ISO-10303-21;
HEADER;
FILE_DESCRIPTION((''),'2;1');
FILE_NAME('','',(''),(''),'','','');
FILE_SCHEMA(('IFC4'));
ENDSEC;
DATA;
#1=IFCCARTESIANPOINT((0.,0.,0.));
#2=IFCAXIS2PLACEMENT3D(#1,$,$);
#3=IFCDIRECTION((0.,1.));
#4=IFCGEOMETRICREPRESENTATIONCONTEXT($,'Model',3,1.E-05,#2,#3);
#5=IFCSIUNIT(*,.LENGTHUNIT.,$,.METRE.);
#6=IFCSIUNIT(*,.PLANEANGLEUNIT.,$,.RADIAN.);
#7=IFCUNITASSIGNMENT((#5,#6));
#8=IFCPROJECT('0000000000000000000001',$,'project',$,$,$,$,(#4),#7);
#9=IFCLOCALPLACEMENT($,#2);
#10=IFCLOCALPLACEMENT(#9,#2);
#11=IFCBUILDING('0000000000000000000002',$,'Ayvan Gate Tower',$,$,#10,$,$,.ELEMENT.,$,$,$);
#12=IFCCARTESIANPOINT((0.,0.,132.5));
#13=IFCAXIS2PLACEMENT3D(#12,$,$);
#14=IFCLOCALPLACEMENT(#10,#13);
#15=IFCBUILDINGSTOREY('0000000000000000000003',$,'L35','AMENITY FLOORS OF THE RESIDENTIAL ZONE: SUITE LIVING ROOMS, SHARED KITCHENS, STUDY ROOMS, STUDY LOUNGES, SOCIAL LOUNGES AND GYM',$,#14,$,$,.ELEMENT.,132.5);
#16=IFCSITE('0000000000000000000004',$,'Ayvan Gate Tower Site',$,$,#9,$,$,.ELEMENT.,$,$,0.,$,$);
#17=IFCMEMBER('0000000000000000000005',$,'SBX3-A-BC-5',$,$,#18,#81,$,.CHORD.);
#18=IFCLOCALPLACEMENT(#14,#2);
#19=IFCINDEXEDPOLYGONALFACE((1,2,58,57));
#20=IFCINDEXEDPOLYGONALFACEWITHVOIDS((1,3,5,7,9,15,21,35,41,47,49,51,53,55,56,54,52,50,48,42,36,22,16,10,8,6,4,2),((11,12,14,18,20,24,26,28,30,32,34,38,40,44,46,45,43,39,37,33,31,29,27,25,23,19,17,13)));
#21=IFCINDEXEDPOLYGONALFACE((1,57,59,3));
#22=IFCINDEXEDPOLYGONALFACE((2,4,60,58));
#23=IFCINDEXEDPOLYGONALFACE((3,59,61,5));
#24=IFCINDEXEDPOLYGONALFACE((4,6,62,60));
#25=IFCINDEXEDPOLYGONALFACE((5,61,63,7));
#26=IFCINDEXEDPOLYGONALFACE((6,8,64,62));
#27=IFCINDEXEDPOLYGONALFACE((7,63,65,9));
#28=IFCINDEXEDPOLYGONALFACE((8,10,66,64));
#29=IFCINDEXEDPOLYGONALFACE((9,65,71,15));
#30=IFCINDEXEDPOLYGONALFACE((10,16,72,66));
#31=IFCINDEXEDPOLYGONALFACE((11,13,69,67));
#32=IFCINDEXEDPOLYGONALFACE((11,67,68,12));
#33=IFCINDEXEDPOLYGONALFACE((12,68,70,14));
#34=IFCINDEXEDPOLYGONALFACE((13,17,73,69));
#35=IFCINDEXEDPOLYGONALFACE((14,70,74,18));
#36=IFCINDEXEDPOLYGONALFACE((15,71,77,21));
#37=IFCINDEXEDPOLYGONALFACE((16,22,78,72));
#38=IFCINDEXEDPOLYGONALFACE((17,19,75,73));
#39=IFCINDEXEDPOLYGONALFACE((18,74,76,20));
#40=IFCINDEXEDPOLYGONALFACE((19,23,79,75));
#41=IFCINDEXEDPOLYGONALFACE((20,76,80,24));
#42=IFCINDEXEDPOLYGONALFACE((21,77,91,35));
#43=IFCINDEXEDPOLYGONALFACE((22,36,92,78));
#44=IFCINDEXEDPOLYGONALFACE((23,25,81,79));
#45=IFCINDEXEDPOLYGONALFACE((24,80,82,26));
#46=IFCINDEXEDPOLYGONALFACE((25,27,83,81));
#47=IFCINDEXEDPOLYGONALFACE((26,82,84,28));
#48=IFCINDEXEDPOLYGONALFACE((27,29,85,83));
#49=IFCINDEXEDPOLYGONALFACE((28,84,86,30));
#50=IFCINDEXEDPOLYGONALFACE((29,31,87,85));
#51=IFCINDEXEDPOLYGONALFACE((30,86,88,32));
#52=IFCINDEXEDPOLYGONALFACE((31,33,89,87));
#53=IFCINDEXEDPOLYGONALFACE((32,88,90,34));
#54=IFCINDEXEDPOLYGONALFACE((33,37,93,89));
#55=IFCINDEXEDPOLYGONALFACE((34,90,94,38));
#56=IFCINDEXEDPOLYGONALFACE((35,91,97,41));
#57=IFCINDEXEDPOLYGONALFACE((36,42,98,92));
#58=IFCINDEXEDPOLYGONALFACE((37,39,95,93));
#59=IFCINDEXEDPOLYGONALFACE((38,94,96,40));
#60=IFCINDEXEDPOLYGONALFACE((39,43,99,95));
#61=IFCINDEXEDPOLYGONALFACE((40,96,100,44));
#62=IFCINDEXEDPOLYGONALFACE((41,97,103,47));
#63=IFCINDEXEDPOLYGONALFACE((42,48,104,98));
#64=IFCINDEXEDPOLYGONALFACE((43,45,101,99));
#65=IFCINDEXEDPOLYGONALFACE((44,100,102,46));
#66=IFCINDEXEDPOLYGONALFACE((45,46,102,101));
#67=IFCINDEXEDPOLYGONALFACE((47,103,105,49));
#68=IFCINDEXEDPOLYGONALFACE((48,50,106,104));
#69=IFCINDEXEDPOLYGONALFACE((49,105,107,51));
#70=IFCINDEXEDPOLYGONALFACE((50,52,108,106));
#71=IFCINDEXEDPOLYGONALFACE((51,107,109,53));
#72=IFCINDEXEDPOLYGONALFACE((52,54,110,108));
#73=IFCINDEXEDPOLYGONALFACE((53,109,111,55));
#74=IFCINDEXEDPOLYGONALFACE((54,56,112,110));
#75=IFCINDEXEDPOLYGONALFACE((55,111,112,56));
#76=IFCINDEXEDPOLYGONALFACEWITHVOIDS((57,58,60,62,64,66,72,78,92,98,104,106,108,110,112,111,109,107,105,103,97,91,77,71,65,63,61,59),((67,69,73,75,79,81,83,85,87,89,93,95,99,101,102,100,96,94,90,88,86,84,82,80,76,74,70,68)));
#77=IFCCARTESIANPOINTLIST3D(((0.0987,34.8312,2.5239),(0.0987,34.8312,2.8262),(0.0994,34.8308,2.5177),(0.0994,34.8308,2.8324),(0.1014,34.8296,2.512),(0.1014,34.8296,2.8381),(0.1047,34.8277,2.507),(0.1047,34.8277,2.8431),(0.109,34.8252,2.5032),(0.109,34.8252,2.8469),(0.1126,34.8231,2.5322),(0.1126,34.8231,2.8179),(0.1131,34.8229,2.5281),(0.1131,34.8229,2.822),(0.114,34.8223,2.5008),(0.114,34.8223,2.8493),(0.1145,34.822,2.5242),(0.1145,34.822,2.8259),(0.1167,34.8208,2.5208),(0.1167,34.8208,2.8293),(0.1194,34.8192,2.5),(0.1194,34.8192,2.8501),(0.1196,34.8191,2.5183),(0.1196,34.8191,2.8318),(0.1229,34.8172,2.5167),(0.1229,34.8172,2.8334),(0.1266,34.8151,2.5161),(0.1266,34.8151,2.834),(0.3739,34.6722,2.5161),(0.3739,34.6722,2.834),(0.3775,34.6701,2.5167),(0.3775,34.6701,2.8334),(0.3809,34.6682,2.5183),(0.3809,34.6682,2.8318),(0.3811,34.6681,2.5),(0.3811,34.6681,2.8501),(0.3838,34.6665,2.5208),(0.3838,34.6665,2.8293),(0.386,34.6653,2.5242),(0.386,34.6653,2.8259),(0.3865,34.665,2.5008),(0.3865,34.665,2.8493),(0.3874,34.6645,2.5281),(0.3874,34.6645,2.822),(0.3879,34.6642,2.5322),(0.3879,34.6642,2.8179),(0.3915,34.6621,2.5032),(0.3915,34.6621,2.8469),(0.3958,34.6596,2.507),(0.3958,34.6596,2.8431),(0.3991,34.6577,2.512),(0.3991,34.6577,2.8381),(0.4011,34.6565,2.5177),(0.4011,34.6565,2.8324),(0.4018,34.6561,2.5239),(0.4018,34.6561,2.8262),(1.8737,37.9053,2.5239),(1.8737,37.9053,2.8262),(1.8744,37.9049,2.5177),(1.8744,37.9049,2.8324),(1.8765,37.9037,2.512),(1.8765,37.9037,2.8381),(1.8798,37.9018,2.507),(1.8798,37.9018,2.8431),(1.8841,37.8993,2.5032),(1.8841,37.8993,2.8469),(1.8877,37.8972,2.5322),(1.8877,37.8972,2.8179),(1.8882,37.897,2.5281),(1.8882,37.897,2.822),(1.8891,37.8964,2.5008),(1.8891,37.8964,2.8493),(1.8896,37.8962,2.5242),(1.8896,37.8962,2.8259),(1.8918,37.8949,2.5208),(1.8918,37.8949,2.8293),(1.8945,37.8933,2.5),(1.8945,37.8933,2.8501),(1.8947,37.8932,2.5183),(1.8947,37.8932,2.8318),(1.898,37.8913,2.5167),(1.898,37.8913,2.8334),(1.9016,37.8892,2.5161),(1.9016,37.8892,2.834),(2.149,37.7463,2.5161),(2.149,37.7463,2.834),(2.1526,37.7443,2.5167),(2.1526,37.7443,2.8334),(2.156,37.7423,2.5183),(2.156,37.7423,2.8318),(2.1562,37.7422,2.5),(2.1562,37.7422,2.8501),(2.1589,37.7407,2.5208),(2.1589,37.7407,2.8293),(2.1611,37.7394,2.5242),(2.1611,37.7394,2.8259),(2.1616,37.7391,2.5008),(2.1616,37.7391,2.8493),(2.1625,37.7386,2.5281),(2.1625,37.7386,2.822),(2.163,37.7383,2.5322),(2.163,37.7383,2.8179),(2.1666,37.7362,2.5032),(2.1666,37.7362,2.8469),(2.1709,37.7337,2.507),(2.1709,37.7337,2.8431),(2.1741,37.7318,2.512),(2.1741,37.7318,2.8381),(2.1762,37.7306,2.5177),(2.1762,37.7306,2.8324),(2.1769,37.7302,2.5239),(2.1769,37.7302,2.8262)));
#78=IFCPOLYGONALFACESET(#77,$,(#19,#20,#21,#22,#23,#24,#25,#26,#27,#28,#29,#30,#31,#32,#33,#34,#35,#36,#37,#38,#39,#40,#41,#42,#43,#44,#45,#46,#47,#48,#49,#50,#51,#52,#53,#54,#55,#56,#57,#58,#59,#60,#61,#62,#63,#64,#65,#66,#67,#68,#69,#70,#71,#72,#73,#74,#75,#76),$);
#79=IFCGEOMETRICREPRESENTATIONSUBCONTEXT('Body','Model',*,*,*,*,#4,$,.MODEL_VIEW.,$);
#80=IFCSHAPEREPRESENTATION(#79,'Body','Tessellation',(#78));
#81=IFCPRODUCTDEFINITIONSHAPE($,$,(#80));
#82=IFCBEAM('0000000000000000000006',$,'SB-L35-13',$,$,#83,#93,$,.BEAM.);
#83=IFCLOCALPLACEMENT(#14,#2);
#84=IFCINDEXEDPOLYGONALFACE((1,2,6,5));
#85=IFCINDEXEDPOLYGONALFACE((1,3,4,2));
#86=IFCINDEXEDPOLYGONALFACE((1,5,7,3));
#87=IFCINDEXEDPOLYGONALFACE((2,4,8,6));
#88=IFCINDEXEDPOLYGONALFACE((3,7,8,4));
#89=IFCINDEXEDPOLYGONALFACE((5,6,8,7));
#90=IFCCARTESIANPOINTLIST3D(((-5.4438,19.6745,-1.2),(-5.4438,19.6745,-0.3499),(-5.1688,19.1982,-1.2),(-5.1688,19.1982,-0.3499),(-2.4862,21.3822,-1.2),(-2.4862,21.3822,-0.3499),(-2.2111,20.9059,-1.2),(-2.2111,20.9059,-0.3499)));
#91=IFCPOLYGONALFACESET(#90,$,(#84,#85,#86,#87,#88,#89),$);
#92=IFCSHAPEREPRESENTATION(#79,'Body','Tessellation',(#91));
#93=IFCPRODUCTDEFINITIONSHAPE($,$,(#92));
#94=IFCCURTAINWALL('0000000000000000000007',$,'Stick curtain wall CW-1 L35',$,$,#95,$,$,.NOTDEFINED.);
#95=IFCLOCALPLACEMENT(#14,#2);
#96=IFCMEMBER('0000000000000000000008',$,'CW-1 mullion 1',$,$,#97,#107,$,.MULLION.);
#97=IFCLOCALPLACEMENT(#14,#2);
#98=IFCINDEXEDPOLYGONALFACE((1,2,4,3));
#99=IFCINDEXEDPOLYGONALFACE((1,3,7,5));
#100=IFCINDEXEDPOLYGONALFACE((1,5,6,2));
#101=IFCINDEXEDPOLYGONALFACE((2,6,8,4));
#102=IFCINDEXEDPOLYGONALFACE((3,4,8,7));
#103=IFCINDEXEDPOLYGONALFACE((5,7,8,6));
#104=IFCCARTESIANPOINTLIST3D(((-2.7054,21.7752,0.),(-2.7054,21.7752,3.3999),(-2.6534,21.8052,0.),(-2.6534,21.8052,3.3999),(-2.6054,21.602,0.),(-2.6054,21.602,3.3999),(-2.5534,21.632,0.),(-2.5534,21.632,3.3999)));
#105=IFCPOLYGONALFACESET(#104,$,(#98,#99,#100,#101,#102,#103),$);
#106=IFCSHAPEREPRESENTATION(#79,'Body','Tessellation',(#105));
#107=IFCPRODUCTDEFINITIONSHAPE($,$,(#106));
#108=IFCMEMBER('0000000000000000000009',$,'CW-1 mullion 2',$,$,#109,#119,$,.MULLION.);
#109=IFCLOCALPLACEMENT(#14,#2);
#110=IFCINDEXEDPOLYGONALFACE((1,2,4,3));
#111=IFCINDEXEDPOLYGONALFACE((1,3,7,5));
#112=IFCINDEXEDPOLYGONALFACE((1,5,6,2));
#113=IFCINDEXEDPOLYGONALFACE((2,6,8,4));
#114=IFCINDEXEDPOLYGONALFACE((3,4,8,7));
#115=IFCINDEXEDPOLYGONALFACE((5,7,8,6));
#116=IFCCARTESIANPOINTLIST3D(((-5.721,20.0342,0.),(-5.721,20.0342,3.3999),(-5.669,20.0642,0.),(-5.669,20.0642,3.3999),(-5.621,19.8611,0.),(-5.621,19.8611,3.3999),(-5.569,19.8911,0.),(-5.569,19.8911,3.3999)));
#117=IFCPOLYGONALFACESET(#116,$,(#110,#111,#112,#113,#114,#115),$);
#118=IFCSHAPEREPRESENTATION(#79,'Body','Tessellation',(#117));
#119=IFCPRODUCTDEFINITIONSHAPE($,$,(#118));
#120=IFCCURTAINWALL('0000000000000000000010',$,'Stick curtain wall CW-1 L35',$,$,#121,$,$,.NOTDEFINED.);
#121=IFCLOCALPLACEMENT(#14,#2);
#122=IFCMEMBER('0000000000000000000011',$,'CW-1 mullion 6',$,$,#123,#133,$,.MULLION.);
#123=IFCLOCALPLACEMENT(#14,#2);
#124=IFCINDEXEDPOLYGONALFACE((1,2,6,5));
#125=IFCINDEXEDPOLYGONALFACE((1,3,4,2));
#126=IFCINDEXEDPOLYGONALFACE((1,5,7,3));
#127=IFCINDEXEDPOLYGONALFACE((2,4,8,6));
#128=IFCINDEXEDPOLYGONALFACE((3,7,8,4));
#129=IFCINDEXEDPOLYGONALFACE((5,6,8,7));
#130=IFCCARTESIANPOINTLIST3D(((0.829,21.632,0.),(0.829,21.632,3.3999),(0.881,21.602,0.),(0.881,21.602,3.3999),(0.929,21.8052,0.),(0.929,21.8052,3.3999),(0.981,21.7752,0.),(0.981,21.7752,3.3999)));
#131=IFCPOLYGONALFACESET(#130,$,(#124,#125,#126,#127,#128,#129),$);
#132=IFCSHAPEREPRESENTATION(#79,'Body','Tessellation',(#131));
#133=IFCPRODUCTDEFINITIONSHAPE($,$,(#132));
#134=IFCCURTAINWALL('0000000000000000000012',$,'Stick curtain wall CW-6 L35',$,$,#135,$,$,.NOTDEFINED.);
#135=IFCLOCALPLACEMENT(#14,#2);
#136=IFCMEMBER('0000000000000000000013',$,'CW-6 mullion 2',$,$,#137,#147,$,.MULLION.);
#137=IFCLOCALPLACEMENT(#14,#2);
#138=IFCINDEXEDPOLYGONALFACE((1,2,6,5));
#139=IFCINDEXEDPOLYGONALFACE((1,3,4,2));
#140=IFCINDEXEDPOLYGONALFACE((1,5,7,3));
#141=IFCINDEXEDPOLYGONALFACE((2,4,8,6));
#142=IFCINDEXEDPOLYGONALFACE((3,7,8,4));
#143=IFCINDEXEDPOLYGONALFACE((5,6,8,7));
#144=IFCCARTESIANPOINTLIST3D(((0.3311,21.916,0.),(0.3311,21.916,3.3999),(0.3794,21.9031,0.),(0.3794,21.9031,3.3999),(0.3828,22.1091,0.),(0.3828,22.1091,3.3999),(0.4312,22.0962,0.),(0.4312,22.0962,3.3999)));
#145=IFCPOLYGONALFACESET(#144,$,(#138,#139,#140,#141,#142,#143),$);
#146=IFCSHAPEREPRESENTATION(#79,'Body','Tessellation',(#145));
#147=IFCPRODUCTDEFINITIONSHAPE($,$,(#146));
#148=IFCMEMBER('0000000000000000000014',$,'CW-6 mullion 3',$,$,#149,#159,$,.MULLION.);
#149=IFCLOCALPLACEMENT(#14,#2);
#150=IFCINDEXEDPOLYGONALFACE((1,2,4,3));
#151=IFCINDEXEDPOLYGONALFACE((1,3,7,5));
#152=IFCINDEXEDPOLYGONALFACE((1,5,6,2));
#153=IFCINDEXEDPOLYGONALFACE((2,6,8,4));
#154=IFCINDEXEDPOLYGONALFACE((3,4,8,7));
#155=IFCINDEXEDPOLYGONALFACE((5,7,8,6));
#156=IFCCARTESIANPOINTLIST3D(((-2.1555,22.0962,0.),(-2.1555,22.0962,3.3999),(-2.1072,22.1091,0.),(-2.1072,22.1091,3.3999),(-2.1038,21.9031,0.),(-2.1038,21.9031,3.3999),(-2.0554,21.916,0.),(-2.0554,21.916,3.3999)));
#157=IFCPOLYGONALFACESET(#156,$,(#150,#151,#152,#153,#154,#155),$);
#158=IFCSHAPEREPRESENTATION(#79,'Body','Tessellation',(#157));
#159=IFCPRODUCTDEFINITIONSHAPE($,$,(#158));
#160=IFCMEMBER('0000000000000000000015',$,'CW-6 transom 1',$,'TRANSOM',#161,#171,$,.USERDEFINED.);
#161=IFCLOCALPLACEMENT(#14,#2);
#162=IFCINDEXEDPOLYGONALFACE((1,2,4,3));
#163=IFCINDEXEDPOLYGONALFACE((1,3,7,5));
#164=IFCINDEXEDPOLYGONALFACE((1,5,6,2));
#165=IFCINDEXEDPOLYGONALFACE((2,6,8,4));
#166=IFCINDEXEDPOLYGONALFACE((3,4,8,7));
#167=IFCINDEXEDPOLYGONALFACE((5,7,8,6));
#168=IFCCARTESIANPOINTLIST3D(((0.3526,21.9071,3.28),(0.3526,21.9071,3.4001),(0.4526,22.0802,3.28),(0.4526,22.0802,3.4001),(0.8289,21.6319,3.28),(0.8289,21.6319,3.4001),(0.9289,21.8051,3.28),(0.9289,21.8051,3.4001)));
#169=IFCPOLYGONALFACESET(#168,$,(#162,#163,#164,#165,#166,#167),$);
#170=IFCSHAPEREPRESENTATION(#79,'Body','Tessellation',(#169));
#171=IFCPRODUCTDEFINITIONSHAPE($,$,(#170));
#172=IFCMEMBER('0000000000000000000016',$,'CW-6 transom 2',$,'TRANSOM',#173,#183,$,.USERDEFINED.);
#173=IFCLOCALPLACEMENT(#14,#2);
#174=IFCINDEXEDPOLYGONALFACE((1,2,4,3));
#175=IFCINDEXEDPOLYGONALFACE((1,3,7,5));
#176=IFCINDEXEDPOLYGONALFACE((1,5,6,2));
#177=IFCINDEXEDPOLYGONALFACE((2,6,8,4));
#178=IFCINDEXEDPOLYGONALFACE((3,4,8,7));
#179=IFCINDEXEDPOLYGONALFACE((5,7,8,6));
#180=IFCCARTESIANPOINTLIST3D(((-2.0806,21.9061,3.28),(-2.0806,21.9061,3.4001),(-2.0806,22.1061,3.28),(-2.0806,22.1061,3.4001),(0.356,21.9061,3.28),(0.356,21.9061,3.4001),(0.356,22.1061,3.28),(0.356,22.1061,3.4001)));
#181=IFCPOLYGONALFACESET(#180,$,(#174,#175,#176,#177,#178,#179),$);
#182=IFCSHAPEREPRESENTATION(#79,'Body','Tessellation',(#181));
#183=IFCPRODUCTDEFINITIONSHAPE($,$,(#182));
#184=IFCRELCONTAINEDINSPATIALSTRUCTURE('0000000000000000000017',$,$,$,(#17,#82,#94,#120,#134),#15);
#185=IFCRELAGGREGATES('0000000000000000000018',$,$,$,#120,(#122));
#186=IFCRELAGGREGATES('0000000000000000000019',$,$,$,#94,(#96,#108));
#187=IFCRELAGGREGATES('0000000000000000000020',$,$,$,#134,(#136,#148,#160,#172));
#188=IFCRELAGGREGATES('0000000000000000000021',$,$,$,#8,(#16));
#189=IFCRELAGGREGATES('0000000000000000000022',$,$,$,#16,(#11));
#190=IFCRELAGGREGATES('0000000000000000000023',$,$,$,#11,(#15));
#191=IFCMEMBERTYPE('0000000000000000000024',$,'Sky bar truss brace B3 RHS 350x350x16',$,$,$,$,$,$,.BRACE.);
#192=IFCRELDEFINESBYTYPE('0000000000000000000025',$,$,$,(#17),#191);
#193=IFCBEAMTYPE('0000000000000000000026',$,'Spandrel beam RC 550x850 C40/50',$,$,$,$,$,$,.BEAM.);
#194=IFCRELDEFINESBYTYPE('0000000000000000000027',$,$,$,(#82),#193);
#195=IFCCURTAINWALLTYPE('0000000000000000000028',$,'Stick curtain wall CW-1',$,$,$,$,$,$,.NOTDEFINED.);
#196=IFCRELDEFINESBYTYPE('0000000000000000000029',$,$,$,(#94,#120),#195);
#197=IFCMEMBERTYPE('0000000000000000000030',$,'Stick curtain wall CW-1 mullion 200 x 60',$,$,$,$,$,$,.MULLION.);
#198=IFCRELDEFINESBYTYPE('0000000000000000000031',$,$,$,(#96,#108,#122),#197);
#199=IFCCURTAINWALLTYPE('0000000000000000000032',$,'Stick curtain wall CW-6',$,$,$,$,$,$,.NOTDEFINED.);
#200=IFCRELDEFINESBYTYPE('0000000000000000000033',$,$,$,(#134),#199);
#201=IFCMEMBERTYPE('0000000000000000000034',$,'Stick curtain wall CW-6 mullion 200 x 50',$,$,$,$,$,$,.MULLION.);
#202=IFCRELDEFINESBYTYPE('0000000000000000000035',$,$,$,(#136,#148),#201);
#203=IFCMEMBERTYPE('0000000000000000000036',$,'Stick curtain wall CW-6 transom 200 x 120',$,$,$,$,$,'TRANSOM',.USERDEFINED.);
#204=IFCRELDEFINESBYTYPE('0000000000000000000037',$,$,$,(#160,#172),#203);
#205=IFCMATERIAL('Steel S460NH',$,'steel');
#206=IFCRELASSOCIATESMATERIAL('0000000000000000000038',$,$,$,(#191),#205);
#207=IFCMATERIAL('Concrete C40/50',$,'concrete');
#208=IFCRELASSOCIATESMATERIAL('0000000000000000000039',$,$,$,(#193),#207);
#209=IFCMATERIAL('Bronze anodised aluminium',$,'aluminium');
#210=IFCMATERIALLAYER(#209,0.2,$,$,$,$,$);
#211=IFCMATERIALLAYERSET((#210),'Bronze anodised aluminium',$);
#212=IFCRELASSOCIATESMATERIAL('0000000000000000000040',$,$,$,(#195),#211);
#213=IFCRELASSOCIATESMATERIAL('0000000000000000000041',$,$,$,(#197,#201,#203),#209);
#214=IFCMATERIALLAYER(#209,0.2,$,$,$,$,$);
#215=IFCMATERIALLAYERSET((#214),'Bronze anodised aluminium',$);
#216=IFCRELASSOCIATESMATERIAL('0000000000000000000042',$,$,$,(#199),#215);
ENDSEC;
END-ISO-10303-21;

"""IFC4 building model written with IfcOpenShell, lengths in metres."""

from ifc_helpers import new_model, si_unit, direction, frame, origin, origin_2d, place, context, subcontext, project, spatial, rectangle, hollow_rectangle, extrude, material, layer, layer_set, material_profile, profile_set, type_object, element, aggregate, save


model = new_model("IFC4")

# Units and contexts
model_context = context("Model", 3, precision=1e-05, world=origin(), true_north=direction((0.0, 1.0)))
body_context = subcontext(model_context, "Body", "Model", "MODEL_VIEW")
ifc_project = project(units=[si_unit("LENGTHUNIT", "METRE"), si_unit("PLANEANGLEUNIT", "RADIAN")], contexts=[model_context])

# Site, building, storey
site_placement = place(None, origin())
site = spatial("IfcSite", under=ifc_project, at=site_placement, Name="Ayvan Gate Tower Site", CompositionType="ELEMENT", RefElevation=0.0)
building_placement = place(site_placement, origin())
building = spatial("IfcBuilding", under=site, at=building_placement, Name="Ayvan Gate Tower", CompositionType="ELEMENT")
storey_placement = place(building_placement, frame((0.0, 0.0, 132.5)))
storey = spatial("IfcBuildingStorey", under=building, at=storey_placement, Name="L35", Description="AMENITY FLOORS OF THE RESIDENTIAL ZONE: SUITE LIVING ROOMS, SHARED KITCHENS, STUDY ROOMS, STUDY LOUNGES, SOCIAL LOUNGES AND GYM", CompositionType="ELEMENT", Elevation=132.5)

# Shared definitions
ifc_material_1 = material(Name="Concrete C40/50", Category="concrete")

# Member
ifc_material_2 = material(Name="Steel S460NH", Category="steel")
ifc_material_profile_1 = material_profile(ifc_material_2, hollow_rectangle(XDim=0.3501, YDim=0.3501, WallThickness=0.0161, InnerFilletRadius=0.0161, OuterFilletRadius=0.0239, at=origin_2d()), Name="RHS 350x350x16")
ifc_profile_set_1 = profile_set([ifc_material_profile_1], Name="Steel S460NH")
member_type_1 = type_object("IfcMemberType", Name="Sky bar truss brace B3 RHS 350x350x16", PredefinedType="BRACE", material=ifc_profile_set_1)
member_1_placement = place(storey_placement, frame((0.2502, 34.7437, 2.675), z_axis=(0.500052, 0.865995, 0.0), x_axis=(-0.865995, 0.500052, 0.0)))
element("IfcMember", 1, at=member_1_placement, inside=storey, type_object=member_type_1, Name="SBX3-A-BC-5", PredefinedType="CHORD", context=body_context, shape_type="SweptSolid", body=[
    extrude(hollow_rectangle(XDim=0.3501, YDim=0.3501, WallThickness=0.0161, InnerFilletRadius=0.0161, OuterFilletRadius=0.0239, at=origin_2d()), origin(), (0.0, 0.0, 1.0), 3.5498),
])

# Beam
ifc_material_profile_2 = material_profile(ifc_material_1, rectangle(XDim=0.55, YDim=0.8501, at=origin_2d()), Name="RC 550x850")
ifc_profile_set_2 = profile_set([ifc_material_profile_2], Name="Concrete C40/50")
beam_type_1 = type_object("IfcBeamType", Name="Spandrel beam RC 550x850 C40/50", PredefinedType="BEAM", material=ifc_profile_set_2)
beam_1_placement = place(storey_placement, frame((-2.3486, 21.144, -0.7749), z_axis=(-0.866013, -0.500022, 0.0), x_axis=(0.500022, -0.866013, 0.0)))
element("IfcBeam", 2, at=beam_1_placement, inside=storey, type_object=beam_type_1, Name="SB-L35-13", PredefinedType="BEAM", context=body_context, shape_type="SweptSolid", body=[
    extrude(rectangle(XDim=0.55, YDim=0.8501, at=origin_2d()), origin(), (0.0, 0.0, 1.0), 3.4153),
])

# Curtain wall, members
ifc_material_3 = material(Name="Bronze anodised aluminium", Category="aluminium")
ifc_layer_1 = layer(ifc_material_3, 0.2)
ifc_layer_set_1 = layer_set([ifc_layer_1], Name="Bronze anodised aluminium")
curtain_wall_type_1 = type_object("IfcCurtainWallType", Name="Stick curtain wall CW-1", PredefinedType="NOTDEFINED", material=ifc_layer_set_1)
curtain_wall_1_placement = place(storey_placement, origin())
curtain_wall_1 = element("IfcCurtainWall", 3, at=curtain_wall_1_placement, inside=storey, type_object=curtain_wall_type_1, Name="Stick curtain wall CW-1 L35", PredefinedType="NOTDEFINED")
ifc_material_profile_3 = material_profile(ifc_material_3, rectangle(XDim=0.2, YDim=0.0601, at=origin_2d()), Name="Stick curtain wall CW-1 mullion 200 x 60")
ifc_profile_set_3 = profile_set([ifc_material_profile_3], Name="Bronze anodised aluminium")
member_type_2 = type_object("IfcMemberType", Name="Stick curtain wall CW-1 mullion 200 x 60", PredefinedType="MULLION", material=ifc_profile_set_3)
member_2_placement = place(storey_placement, frame((-2.6294, 21.7036, 0.0), z_axis=(0.0, 0.0, 1.0), x_axis=(-0.5, 0.866025, 0.0)))
member_2 = element("IfcMember", 4, at=member_2_placement, type_object=member_type_2, Name="CW-1 mullion 1", PredefinedType="MULLION", context=body_context, shape_type="SweptSolid", body=[
    extrude(rectangle(XDim=0.2, YDim=0.0601, at=origin_2d()), origin(), (0.0, 0.0, 1.0), 3.3999),
])
member_3_placement = place(storey_placement, frame((-5.645, 19.9626, 0.0), z_axis=(0.0, 0.0, 1.0), x_axis=(-0.5, 0.866025, 0.0)))
member_3 = element("IfcMember", 5, at=member_3_placement, type_object=member_type_2, Name="CW-1 mullion 2", PredefinedType="MULLION", context=body_context, shape_type="SweptSolid", body=[
    extrude(rectangle(XDim=0.2, YDim=0.0601, at=origin_2d()), origin(), (0.0, 0.0, 1.0), 3.3999),
])

# Curtain wall, member
curtain_wall_2_placement = place(storey_placement, origin())
curtain_wall_2 = element("IfcCurtainWall", 6, at=curtain_wall_2_placement, inside=storey, type_object=curtain_wall_type_1, Name="Stick curtain wall CW-1 L35", PredefinedType="NOTDEFINED")
member_4_placement = place(storey_placement, frame((0.905, 21.7036, 0.0), z_axis=(0.0, 0.0, 1.0), x_axis=(0.5, 0.866025, 0.0)))
member_4 = element("IfcMember", 7, at=member_4_placement, type_object=member_type_2, Name="CW-1 mullion 6", PredefinedType="MULLION", context=body_context, shape_type="SweptSolid", body=[
    extrude(rectangle(XDim=0.2, YDim=0.0601, at=origin_2d()), origin(), (0.0, 0.0, 1.0), 3.3999),
])
aggregate(curtain_wall_2, [member_4])

# Curtain wall, members
ifc_layer_2 = layer(ifc_material_3, 0.2)
ifc_layer_set_2 = layer_set([ifc_layer_2], Name="Bronze anodised aluminium")
curtain_wall_type_2 = type_object("IfcCurtainWallType", Name="Stick curtain wall CW-6", PredefinedType="NOTDEFINED", material=ifc_layer_set_2)
curtain_wall_3_placement = place(storey_placement, origin())
curtain_wall_3 = element("IfcCurtainWall", 8, at=curtain_wall_3_placement, inside=storey, type_object=curtain_wall_type_2, Name="Stick curtain wall CW-6 L35", PredefinedType="NOTDEFINED")
ifc_material_profile_4 = material_profile(ifc_material_3, rectangle(XDim=0.2, YDim=0.05, at=origin_2d()), Name="Stick curtain wall CW-6 mullion 200 x 50")
ifc_profile_set_4 = profile_set([ifc_material_profile_4], Name="Bronze anodised aluminium")
member_type_3 = type_object("IfcMemberType", Name="Stick curtain wall CW-6 mullion 200 x 50", PredefinedType="MULLION", material=ifc_profile_set_4)
member_5_placement = place(storey_placement, frame((0.3811, 22.0061, 0.0), z_axis=(0.0, 0.0, 1.0), x_axis=(0.258819, 0.965926, 0.0)))
member_5 = element("IfcMember", 9, at=member_5_placement, type_object=member_type_3, Name="CW-6 mullion 2", PredefinedType="MULLION", context=body_context, shape_type="SweptSolid", body=[
    extrude(rectangle(XDim=0.2, YDim=0.05, at=origin_2d()), origin(), (0.0, 0.0, 1.0), 3.3999),
])
member_6_placement = place(storey_placement, frame((-2.1055, 22.0061, 0.0), z_axis=(0.0, 0.0, 1.0), x_axis=(-0.258819, 0.965926, 0.0)))
member_6 = element("IfcMember", 10, at=member_6_placement, type_object=member_type_3, Name="CW-6 mullion 3", PredefinedType="MULLION", context=body_context, shape_type="SweptSolid", body=[
    extrude(rectangle(XDim=0.2, YDim=0.05, at=origin_2d()), origin(), (0.0, 0.0, 1.0), 3.3999),
])
ifc_material_profile_5 = material_profile(ifc_material_3, rectangle(XDim=0.2, YDim=0.1201, at=origin_2d()), Name="Stick curtain wall CW-6 transom 200 x 120")
ifc_profile_set_5 = profile_set([ifc_material_profile_5], Name="Bronze anodised aluminium")
member_type_4 = type_object("IfcMemberType", Name="Stick curtain wall CW-6 transom 200 x 120", ElementType="TRANSOM", PredefinedType="USERDEFINED", material=ifc_profile_set_5)
member_7_placement = place(storey_placement, frame((0.8789, 21.7185, 3.3401), z_axis=(-0.865912, 0.500196, 0.0), x_axis=(-0.500196, -0.865912, 0.0)))
member_7 = element("IfcMember", 11, at=member_7_placement, type_object=member_type_4, Name="CW-6 transom 1", ObjectType="TRANSOM", PredefinedType="USERDEFINED", context=body_context, shape_type="SweptSolid", body=[
    extrude(rectangle(XDim=0.2, YDim=0.1201, at=origin_2d()), origin(), (0.0, 0.0, 1.0), 0.55),
])
member_8_placement = place(storey_placement, frame((0.356, 22.0061, 3.3401), z_axis=(-1.0, 0.0, 0.0), x_axis=(0.0, -1.0, 0.0)))
member_8 = element("IfcMember", 12, at=member_8_placement, type_object=member_type_4, Name="CW-6 transom 2", ObjectType="TRANSOM", PredefinedType="USERDEFINED", context=body_context, shape_type="SweptSolid", body=[
    extrude(rectangle(XDim=0.2, YDim=0.1201, at=origin_2d()), origin(), (0.0, 0.0, 1.0), 2.4365),
])

aggregate(curtain_wall_1, [member_2, member_3])
aggregate(curtain_wall_3, [member_5, member_6, member_7, member_8])

save(model, "model.ifc")
